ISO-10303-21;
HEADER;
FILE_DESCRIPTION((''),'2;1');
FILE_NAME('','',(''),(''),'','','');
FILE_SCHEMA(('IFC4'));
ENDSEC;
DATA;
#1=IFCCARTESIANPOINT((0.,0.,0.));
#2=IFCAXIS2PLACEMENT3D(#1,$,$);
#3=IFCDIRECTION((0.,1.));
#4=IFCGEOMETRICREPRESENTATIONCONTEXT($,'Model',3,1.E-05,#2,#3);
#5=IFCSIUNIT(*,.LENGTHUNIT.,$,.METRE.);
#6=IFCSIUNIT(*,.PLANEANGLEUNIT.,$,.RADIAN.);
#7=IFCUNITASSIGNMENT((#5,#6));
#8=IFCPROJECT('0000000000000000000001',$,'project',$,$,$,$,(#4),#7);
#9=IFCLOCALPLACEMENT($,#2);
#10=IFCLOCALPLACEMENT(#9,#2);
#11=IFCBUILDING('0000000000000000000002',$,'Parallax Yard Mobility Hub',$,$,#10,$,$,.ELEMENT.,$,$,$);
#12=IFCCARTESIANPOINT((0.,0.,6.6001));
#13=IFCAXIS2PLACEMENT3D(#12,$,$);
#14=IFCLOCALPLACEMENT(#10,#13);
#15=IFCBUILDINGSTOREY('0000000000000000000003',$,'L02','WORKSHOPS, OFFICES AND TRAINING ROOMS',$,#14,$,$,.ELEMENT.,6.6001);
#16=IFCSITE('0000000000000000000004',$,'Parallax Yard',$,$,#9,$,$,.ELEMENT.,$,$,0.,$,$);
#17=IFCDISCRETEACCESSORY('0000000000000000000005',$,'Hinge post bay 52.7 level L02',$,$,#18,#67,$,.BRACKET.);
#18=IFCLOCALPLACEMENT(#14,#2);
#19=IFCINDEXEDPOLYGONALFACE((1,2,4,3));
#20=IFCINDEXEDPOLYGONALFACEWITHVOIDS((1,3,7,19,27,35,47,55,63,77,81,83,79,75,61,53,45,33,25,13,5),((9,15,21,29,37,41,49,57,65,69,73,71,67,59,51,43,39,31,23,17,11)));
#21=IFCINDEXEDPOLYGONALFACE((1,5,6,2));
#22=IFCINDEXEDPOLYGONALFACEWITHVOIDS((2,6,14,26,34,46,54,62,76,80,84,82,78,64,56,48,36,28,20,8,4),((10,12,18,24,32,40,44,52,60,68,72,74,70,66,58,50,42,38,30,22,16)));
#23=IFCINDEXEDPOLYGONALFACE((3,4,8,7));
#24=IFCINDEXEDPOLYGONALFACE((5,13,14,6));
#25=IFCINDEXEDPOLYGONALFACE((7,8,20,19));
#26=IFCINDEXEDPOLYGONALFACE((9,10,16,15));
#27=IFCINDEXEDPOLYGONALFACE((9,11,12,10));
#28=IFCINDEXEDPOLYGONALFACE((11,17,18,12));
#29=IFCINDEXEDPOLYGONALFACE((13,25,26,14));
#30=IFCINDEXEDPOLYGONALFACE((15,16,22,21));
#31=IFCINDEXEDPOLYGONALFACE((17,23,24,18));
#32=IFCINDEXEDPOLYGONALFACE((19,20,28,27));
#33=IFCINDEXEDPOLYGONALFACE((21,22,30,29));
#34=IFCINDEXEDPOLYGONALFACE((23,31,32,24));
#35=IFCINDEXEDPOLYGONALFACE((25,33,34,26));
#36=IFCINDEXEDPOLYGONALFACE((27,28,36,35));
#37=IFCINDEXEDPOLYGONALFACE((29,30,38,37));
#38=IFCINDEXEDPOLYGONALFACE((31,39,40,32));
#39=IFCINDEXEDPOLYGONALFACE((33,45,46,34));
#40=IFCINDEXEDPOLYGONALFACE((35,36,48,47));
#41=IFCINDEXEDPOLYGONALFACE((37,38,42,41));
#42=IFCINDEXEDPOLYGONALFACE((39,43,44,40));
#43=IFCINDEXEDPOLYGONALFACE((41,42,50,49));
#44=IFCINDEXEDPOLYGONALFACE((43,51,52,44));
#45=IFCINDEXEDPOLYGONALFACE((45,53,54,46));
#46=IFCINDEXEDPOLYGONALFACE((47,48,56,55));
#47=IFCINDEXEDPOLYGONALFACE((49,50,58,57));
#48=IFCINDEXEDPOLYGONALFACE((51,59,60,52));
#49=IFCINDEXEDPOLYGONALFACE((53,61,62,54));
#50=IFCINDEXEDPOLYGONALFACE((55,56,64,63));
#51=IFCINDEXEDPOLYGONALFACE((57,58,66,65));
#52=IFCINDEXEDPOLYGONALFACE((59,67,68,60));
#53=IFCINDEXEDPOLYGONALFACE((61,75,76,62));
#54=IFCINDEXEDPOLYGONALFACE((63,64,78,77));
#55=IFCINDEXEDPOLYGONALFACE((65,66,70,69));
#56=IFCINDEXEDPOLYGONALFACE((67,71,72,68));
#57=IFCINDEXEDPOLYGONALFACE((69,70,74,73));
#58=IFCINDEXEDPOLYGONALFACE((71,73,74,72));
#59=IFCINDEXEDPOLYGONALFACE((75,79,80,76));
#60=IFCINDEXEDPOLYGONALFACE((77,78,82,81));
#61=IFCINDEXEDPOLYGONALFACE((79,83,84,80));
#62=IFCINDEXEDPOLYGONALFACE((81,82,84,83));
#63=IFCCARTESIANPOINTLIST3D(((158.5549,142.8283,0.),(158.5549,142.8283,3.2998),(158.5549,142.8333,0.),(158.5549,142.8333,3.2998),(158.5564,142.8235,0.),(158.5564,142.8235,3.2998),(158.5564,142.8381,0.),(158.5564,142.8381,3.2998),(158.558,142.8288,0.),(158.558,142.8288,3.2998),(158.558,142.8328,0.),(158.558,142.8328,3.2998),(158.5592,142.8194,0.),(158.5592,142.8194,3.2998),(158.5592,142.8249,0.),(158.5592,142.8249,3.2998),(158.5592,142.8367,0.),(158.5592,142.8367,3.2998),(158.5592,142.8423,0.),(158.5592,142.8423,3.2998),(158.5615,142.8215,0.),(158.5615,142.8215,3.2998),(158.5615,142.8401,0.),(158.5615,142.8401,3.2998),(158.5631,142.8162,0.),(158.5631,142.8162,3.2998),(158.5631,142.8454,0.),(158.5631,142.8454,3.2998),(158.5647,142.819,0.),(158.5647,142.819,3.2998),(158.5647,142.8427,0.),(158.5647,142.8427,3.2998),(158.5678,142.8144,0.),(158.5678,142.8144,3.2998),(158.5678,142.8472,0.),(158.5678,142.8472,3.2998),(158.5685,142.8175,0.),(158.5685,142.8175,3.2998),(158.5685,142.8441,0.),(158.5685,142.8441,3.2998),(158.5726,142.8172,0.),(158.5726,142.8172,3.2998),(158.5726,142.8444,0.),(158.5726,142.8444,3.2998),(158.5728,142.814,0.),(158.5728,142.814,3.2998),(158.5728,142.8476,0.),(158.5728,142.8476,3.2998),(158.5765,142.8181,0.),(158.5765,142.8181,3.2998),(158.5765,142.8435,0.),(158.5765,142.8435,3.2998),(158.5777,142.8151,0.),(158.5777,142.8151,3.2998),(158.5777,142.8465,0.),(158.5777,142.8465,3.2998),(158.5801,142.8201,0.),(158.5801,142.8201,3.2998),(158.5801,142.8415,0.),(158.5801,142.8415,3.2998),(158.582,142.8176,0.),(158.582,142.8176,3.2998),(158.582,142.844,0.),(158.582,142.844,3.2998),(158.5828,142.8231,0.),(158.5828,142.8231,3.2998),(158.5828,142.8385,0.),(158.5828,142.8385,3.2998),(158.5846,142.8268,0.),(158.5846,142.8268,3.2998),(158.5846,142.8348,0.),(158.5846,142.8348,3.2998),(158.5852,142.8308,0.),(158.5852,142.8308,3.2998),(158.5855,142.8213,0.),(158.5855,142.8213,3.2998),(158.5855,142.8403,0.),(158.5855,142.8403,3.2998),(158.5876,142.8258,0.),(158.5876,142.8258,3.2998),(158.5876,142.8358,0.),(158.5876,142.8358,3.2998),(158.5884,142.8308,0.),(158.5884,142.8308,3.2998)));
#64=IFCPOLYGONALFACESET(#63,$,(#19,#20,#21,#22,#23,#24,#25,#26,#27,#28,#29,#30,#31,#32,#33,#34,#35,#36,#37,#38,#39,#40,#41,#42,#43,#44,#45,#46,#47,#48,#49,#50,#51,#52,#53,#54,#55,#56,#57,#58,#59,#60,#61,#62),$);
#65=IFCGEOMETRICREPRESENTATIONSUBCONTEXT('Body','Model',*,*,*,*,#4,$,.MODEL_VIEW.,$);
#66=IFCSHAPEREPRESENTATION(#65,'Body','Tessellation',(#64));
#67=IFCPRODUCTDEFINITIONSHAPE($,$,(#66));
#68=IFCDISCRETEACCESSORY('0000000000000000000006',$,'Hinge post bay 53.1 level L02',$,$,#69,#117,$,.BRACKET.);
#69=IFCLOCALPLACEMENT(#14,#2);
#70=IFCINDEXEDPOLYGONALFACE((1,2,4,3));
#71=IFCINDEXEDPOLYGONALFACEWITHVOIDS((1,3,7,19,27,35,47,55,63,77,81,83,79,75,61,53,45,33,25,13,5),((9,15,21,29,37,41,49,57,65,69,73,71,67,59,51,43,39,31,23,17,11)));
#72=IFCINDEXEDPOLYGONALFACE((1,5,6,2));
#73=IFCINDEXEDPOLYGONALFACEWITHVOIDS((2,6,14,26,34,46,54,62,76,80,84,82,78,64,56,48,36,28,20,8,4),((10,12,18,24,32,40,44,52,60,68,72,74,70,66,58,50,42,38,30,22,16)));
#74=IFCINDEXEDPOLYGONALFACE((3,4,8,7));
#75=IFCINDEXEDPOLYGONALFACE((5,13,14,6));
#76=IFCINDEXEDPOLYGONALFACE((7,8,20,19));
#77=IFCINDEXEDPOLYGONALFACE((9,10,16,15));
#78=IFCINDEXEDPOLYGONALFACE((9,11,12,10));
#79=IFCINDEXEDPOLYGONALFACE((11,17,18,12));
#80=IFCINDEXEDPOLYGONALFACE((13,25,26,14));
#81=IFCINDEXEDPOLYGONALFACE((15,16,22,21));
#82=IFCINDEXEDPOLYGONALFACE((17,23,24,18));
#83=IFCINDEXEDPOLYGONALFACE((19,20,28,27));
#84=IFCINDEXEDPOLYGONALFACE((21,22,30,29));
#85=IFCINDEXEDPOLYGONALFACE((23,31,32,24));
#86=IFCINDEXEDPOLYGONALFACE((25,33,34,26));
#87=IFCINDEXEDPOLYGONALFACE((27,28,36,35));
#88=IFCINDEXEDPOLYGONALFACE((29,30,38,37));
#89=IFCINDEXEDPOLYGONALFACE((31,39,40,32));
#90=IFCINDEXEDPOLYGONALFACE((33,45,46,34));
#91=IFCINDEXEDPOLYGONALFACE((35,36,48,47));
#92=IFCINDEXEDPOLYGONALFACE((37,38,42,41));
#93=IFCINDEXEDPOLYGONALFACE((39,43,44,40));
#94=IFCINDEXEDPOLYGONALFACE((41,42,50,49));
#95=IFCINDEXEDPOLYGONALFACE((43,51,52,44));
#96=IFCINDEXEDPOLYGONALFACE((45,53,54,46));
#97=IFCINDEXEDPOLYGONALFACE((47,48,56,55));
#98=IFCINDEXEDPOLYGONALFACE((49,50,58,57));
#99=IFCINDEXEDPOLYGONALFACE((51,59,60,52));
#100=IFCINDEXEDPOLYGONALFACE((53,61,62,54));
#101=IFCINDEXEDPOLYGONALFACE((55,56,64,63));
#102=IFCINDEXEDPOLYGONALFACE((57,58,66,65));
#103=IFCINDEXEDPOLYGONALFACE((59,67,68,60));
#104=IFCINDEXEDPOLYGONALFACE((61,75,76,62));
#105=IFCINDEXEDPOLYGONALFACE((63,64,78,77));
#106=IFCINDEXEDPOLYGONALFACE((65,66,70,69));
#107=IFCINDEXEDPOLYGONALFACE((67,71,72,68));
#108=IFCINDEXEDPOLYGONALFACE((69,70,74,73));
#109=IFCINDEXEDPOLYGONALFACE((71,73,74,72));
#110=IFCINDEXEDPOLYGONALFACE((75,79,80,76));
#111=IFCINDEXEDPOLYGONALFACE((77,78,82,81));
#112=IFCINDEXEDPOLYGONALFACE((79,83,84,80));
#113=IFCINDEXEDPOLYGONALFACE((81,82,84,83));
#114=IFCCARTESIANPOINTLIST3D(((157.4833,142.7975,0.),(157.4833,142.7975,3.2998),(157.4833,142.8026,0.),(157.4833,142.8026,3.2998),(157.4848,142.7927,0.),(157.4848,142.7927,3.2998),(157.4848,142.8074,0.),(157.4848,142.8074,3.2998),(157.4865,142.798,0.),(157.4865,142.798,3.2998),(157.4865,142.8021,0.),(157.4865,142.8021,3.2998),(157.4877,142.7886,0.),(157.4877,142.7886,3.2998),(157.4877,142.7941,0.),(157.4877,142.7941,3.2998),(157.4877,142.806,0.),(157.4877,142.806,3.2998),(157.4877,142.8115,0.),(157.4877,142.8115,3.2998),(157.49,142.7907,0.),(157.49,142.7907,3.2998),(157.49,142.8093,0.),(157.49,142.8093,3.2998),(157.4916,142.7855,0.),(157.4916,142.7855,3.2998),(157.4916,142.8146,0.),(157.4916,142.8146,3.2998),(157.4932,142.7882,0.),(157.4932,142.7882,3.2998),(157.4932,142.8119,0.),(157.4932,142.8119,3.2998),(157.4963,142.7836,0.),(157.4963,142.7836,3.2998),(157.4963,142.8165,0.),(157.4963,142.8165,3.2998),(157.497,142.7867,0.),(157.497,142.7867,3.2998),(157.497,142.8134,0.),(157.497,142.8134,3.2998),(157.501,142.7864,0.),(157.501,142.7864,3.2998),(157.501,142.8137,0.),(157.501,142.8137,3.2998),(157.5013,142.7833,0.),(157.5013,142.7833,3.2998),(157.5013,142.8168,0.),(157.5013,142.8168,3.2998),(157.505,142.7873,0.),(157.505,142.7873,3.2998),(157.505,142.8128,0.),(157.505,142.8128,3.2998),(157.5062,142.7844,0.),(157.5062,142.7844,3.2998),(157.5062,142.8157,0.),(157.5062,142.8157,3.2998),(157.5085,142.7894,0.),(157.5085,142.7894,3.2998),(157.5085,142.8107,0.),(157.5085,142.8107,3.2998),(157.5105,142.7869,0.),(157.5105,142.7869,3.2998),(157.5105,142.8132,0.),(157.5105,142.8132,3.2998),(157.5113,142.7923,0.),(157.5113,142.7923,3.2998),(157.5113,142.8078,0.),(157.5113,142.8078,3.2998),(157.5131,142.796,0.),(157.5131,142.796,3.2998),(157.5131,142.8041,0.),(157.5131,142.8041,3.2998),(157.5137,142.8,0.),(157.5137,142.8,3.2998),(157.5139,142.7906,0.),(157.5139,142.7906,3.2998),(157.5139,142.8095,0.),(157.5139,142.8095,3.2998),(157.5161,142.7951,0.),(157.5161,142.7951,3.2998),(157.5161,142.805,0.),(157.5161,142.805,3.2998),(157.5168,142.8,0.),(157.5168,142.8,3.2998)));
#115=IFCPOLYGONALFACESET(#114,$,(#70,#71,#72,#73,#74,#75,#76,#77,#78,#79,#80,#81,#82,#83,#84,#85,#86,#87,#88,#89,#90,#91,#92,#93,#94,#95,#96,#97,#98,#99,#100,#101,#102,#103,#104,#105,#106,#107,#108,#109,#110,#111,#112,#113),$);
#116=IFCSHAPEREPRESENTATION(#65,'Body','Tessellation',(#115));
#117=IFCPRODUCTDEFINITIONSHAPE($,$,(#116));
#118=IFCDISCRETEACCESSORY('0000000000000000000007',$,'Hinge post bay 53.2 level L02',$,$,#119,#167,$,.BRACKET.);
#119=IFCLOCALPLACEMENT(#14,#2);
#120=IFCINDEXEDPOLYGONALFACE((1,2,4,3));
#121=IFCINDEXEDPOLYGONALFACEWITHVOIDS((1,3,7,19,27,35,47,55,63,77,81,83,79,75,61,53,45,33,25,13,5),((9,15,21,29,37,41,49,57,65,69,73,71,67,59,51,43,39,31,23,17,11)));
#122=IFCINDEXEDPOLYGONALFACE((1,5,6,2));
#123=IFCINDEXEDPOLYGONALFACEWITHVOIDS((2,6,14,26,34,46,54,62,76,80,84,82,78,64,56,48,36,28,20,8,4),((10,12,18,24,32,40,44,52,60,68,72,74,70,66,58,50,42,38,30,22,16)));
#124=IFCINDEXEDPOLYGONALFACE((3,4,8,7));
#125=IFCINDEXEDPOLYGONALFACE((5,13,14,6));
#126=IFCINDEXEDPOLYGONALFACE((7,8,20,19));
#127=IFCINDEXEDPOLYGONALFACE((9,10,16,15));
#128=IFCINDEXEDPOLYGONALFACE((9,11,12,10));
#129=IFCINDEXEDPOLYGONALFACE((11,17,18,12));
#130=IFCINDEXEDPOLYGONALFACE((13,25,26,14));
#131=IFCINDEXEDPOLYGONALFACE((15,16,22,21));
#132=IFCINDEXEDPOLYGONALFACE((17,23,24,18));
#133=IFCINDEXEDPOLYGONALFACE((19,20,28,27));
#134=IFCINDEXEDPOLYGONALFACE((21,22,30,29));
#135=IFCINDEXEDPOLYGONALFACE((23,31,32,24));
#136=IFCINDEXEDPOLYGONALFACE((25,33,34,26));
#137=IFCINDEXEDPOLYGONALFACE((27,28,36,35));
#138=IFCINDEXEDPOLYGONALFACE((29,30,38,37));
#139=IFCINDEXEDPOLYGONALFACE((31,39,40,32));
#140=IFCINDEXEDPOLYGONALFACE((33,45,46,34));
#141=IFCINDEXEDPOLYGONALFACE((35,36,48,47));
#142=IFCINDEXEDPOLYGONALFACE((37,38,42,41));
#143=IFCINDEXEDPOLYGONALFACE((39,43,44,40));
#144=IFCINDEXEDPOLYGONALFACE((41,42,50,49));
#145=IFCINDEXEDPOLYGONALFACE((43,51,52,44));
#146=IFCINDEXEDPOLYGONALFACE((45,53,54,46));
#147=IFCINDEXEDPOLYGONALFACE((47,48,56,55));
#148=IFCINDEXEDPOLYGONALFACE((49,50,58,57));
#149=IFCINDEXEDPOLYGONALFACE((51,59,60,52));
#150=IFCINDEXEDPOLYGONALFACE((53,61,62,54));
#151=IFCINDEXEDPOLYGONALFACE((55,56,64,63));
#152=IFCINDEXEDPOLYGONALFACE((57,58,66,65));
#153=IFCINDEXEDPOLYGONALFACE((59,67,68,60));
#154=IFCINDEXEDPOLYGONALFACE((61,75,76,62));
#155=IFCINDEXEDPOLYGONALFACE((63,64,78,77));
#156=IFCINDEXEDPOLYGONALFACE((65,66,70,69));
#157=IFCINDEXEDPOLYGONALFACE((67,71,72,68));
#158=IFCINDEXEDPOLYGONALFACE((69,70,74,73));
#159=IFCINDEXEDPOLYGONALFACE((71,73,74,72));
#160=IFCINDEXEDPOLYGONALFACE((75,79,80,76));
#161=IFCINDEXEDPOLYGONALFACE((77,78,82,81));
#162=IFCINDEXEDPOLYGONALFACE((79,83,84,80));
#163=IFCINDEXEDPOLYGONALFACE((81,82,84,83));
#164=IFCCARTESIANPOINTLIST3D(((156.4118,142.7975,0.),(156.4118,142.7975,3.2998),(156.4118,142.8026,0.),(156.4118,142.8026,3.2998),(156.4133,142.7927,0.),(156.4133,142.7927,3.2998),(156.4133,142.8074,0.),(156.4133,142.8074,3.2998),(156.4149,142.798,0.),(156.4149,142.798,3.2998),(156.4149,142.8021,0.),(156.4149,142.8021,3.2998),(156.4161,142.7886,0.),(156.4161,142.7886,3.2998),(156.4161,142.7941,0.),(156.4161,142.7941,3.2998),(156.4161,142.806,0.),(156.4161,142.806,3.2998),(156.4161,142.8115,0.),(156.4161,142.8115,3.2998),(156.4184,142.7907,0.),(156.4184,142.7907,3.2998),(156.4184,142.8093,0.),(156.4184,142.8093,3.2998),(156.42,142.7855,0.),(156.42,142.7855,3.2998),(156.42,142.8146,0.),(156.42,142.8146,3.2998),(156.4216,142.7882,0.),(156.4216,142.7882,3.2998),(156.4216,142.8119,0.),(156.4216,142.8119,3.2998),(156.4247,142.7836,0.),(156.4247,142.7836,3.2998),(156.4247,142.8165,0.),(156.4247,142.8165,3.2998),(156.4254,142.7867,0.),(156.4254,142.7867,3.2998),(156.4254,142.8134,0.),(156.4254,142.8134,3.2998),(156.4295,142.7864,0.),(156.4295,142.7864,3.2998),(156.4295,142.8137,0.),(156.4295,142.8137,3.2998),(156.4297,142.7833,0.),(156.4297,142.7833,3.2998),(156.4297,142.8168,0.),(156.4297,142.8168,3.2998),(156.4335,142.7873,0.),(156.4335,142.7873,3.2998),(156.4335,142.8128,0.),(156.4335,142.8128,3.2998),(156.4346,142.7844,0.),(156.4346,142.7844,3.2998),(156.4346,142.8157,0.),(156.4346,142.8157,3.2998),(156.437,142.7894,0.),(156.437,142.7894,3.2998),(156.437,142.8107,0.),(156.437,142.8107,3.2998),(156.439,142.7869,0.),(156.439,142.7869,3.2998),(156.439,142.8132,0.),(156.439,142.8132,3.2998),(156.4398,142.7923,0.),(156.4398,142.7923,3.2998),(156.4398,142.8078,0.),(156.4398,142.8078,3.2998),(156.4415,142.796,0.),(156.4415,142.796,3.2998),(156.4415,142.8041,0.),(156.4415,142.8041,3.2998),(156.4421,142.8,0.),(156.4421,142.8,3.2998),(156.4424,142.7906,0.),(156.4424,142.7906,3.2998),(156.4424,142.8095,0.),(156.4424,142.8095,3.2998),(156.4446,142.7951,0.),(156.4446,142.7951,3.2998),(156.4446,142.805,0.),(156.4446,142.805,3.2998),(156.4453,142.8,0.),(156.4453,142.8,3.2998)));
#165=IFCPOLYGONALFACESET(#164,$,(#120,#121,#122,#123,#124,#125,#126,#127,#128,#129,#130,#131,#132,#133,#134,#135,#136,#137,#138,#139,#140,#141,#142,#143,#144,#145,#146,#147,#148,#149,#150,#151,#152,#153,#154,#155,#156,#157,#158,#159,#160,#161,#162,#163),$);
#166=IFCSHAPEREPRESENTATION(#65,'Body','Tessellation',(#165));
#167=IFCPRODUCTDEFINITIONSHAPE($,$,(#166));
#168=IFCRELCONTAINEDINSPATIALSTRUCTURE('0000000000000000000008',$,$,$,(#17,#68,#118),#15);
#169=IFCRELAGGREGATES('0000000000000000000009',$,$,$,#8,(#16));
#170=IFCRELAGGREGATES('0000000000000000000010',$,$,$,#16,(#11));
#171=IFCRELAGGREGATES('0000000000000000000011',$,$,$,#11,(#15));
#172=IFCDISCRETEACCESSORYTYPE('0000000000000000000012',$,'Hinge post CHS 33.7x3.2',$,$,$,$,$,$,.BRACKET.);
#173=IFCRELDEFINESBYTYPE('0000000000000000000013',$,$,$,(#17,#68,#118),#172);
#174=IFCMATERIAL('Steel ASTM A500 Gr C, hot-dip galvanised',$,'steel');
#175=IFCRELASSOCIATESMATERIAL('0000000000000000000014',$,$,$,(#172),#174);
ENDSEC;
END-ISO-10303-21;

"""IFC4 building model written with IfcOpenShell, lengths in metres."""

from ifc_helpers import new_model, si_unit, direction, frame, origin, origin_2d, place, context, subcontext, project, spatial, hollow_circle, extrude, material, material_profile, profile_set, type_object, element, save


model = new_model("IFC4")

# Units and contexts
model_context = context("Model", 3, precision=1e-05, world=origin(), true_north=direction((0.0, 1.0)))
body_context = subcontext(model_context, "Body", "Model", "MODEL_VIEW")
ifc_project = project(units=[si_unit("LENGTHUNIT", "METRE"), si_unit("PLANEANGLEUNIT", "RADIAN")], contexts=[model_context])

# Site, building, storey
site_placement = place(None, origin())
site = spatial("IfcSite", under=ifc_project, at=site_placement, Name="Parallax Yard", CompositionType="ELEMENT", RefElevation=0.0)
building_placement = place(site_placement, origin())
building = spatial("IfcBuilding", under=site, at=building_placement, Name="Parallax Yard Mobility Hub", CompositionType="ELEMENT")
storey_placement = place(building_placement, frame((0.0, 0.0, 6.6001)))
storey = spatial("IfcBuildingStorey", under=building, at=storey_placement, Name="L02", Description="WORKSHOPS, OFFICES AND TRAINING ROOMS", CompositionType="ELEMENT", Elevation=6.6001)

# Discrete accessories
ifc_material_1 = material(Name="Steel ASTM A500 Gr C, hot-dip galvanised", Category="steel")
ifc_material_profile_1 = material_profile(ifc_material_1, hollow_circle(Radius=0.0168, WallThickness=0.0032, at=origin_2d()), Name="CHS 33.7x3.2")
ifc_profile_set_1 = profile_set([ifc_material_profile_1], Name="Steel ASTM A500 Gr C, hot-dip galvanised")
discrete_accessory_type_1 = type_object("IfcDiscreteAccessoryType", Name="Hinge post CHS 33.7x3.2", PredefinedType="BRACKET", material=ifc_profile_set_1)
for number, where, z_axis, x_axis, name in (
    (1, (158.5715, 142.8308, 0.0), (0.0, 0.0, 1.0), (1.0, 0.0, 0.0), "Hinge post bay 52.7 level L02"),
    (2, (157.5, 142.8, 0.0), (0.0, 0.0, 1.0), (1.0, 0.0, 0.0), "Hinge post bay 53.1 level L02"),
    (3, (156.4285, 142.8, 0.0), (0.0, 0.0, 1.0), (1.0, 0.0, 0.0), "Hinge post bay 53.2 level L02"),
):
    element("IfcDiscreteAccessory", number, at=place(storey_placement, frame(where, z_axis=z_axis, x_axis=x_axis)), inside=storey, type_object=discrete_accessory_type_1, Name=name, PredefinedType="BRACKET", context=body_context, shape_type="SweptSolid", body=[
        extrude(hollow_circle(Radius=0.0168, WallThickness=0.0032, at=origin_2d()), origin(), (0.0, 0.0, 1.0), 3.2998),
    ])

save(model, "model.ifc")
